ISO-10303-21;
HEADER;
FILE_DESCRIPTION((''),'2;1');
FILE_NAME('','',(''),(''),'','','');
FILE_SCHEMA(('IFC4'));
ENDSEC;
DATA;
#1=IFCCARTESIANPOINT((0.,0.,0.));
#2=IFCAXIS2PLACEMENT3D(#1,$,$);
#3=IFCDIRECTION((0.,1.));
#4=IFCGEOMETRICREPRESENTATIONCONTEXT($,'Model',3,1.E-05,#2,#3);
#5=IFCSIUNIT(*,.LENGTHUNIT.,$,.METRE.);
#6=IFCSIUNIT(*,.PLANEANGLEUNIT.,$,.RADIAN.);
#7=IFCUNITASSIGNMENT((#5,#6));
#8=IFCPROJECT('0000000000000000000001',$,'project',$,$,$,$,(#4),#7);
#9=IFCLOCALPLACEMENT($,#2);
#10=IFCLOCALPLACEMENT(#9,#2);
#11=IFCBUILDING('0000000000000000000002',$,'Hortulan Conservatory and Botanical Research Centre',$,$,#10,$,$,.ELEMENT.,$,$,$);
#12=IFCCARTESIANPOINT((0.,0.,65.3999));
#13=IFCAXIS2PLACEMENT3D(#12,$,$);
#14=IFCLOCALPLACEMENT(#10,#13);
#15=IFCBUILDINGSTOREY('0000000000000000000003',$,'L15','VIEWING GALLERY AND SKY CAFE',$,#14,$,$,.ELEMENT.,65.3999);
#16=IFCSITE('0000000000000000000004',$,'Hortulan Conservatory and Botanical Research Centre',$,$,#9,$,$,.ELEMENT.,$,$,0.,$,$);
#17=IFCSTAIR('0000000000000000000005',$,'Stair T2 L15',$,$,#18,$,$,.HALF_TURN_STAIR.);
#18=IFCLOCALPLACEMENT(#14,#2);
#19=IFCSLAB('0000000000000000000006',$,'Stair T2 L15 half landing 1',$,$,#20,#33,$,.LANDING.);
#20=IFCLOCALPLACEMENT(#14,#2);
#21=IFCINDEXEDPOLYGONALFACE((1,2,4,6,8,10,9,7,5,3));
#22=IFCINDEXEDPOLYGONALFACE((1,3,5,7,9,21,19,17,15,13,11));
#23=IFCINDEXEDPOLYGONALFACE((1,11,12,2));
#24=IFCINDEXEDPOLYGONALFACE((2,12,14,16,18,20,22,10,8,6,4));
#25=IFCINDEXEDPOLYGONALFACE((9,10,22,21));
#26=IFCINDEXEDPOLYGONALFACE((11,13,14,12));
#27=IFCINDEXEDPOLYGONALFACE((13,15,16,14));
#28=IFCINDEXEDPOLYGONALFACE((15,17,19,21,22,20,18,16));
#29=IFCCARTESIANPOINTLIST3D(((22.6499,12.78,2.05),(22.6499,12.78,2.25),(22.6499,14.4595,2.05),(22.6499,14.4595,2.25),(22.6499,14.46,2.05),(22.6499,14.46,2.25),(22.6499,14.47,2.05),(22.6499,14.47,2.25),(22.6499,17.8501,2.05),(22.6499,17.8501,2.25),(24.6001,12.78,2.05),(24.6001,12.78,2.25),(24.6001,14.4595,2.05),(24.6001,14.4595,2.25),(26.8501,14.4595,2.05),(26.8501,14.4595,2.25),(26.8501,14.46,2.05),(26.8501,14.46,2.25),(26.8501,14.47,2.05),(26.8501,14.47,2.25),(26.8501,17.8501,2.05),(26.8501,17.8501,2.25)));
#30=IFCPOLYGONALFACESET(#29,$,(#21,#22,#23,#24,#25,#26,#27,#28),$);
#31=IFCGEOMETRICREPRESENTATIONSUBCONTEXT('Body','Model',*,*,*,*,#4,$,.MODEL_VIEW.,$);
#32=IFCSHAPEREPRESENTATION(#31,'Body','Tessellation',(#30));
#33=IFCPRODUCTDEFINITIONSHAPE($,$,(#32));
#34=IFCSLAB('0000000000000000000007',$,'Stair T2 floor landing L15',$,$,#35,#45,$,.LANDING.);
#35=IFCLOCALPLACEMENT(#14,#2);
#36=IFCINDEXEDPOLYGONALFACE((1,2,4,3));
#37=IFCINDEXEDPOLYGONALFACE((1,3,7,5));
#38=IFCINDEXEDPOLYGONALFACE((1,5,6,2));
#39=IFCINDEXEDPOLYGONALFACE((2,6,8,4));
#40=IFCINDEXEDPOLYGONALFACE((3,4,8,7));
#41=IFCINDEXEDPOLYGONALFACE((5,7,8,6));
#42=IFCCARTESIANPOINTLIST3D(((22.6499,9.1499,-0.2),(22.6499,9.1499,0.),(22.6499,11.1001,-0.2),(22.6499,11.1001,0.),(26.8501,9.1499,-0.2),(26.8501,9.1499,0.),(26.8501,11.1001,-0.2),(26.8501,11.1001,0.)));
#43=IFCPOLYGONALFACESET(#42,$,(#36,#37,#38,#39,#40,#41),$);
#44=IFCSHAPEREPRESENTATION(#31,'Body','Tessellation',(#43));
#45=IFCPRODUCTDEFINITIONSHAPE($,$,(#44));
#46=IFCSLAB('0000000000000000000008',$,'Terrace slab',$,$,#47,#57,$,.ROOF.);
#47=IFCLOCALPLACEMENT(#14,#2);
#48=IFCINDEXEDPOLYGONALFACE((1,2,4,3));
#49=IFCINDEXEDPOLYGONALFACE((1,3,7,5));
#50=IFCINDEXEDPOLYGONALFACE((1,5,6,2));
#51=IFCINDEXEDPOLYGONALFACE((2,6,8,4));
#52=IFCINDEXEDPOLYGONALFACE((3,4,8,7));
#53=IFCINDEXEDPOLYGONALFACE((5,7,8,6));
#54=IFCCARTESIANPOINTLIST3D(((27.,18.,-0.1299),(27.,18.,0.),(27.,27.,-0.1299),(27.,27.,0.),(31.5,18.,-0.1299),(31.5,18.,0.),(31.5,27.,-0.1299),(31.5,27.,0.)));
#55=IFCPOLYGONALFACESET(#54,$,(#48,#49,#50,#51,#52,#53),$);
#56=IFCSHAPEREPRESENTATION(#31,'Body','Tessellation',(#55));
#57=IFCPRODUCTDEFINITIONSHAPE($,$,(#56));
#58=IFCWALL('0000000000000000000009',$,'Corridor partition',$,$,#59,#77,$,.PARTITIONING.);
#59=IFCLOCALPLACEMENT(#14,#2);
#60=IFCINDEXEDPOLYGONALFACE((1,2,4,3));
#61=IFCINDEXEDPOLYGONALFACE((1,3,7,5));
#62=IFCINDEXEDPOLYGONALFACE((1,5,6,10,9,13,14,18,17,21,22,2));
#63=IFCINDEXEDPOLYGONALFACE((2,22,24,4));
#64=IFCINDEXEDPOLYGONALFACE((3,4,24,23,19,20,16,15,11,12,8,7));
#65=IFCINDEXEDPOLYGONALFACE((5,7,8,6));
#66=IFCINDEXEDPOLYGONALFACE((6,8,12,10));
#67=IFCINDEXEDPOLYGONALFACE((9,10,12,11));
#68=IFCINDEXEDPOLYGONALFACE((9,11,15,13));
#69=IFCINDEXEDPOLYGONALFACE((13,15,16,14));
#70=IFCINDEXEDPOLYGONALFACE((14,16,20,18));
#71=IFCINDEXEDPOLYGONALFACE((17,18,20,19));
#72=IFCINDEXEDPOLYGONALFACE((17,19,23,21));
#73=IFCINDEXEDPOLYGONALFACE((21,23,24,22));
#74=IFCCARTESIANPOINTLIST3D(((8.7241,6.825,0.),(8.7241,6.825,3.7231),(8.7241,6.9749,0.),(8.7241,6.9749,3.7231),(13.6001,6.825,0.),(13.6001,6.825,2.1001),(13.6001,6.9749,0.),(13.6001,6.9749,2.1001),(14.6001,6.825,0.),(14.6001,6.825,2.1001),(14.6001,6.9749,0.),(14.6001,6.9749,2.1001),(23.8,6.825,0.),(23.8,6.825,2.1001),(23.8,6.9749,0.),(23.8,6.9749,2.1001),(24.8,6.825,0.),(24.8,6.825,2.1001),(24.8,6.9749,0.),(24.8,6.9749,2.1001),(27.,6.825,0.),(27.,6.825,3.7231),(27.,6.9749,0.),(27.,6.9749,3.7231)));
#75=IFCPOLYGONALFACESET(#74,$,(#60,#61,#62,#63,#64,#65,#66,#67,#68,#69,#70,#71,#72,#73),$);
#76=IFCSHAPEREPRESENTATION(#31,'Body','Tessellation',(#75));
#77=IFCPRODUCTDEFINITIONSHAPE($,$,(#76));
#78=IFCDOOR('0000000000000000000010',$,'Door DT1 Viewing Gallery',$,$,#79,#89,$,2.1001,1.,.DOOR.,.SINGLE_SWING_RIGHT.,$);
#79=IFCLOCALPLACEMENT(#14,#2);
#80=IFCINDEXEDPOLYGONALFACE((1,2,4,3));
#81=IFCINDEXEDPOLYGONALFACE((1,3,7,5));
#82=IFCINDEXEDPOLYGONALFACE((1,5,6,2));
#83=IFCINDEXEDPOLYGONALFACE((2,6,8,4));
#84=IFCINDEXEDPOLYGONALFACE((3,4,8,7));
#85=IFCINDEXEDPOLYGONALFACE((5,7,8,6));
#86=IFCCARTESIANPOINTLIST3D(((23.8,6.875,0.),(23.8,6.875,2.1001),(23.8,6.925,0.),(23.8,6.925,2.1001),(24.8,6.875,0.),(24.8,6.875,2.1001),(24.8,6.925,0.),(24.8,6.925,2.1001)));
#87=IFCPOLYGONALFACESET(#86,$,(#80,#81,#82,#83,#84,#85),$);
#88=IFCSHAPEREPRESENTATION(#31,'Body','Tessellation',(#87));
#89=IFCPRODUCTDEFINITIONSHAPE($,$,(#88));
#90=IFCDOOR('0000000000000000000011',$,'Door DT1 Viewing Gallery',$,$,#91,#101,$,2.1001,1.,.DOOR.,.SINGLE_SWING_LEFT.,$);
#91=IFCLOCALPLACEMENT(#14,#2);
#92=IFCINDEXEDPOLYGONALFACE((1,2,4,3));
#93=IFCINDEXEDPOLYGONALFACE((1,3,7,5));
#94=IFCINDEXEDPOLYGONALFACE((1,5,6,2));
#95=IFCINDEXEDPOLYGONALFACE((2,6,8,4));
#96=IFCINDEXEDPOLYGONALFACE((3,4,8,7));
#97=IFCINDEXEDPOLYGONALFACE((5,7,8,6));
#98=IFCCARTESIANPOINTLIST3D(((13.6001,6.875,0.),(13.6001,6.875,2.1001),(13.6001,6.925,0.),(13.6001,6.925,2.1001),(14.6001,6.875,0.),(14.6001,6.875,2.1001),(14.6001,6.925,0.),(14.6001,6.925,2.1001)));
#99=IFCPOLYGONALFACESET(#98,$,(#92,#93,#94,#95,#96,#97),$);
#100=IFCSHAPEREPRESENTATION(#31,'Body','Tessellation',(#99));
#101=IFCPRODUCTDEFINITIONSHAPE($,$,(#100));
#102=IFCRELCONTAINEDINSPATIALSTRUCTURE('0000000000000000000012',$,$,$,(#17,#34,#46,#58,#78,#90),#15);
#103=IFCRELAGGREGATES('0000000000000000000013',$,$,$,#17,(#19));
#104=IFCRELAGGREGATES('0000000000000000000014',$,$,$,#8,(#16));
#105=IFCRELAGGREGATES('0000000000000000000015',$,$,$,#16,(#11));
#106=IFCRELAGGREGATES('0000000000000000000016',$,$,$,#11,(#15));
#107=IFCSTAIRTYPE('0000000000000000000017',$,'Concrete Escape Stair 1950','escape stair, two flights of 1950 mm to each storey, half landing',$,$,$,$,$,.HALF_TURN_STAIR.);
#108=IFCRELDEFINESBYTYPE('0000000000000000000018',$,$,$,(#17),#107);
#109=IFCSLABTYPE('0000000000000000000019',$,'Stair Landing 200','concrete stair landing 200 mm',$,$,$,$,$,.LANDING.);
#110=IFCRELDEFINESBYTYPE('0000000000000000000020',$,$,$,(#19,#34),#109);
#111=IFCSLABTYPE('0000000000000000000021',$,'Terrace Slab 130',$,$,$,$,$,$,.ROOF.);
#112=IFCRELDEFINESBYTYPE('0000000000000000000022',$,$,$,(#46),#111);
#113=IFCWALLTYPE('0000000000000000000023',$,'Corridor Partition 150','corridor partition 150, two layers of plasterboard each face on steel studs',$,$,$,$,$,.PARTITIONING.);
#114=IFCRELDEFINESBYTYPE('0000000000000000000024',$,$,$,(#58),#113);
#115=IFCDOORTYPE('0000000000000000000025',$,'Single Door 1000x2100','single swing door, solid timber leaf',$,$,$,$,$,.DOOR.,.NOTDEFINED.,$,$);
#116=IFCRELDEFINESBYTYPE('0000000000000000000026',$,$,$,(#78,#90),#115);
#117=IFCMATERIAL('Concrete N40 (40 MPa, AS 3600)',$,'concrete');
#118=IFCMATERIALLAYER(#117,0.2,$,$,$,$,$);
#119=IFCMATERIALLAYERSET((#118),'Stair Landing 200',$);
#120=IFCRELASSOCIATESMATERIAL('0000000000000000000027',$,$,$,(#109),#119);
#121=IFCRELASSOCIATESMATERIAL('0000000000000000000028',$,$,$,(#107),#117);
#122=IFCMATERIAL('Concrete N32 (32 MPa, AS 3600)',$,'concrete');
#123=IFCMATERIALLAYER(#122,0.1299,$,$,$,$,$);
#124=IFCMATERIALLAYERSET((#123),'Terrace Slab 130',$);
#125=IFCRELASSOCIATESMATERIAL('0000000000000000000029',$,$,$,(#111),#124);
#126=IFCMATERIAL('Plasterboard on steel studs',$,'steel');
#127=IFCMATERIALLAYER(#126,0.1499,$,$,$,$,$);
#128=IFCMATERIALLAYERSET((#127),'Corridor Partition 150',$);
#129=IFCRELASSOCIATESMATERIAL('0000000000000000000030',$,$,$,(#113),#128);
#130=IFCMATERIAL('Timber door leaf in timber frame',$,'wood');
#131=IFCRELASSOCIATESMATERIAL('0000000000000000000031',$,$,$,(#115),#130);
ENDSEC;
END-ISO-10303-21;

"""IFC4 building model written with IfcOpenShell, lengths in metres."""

from ifc_helpers import new_model, si_unit, direction, frame, frame_2d, origin, place, context, subcontext, project, spatial, polyline, rectangle, outline, extrude, material, layer, layer_set, type_object, element, fill, aggregate, save


model = new_model("IFC4")

# Units and contexts
model_context = context("Model", 3, precision=1e-05, world=origin(), true_north=direction((0.0, 1.0)))
body_context = subcontext(model_context, "Body", "Model", "MODEL_VIEW")
ifc_project = project(units=[si_unit("LENGTHUNIT", "METRE"), si_unit("PLANEANGLEUNIT", "RADIAN")], contexts=[model_context])

# Site, building, storey
site_placement = place(None, origin())
site = spatial("IfcSite", under=ifc_project, at=site_placement, Name="Hortulan Conservatory and Botanical Research Centre", CompositionType="ELEMENT", RefElevation=0.0)
building_placement = place(site_placement, origin())
building = spatial("IfcBuilding", under=site, at=building_placement, Name="Hortulan Conservatory and Botanical Research Centre", CompositionType="ELEMENT")
storey_placement = place(building_placement, frame((0.0, 0.0, 65.3999)))
storey = spatial("IfcBuildingStorey", under=building, at=storey_placement, Name="L15", Description="VIEWING GALLERY AND SKY CAFE", CompositionType="ELEMENT", Elevation=65.3999)

# Shared definitions
ifc_material_1 = material(Name="Concrete N32 (32 MPa, AS 3600)", Category="concrete")

# Shared definitions
ifc_material_2 = material(Name="Concrete N40 (40 MPa, AS 3600)", Category="concrete")
ifc_layer_1 = layer(ifc_material_2, 0.2)
ifc_layer_set_1 = layer_set([ifc_layer_1], Name="Stair Landing 200")
slab_type_1 = type_object("IfcSlabType", Name="Stair Landing 200", Description="concrete stair landing 200 mm", PredefinedType="LANDING", material=ifc_layer_set_1)

# Stair, slab
stair_type_1 = type_object("IfcStairType", Name="Concrete Escape Stair 1950", Description="escape stair, two flights of 1950 mm to each storey, half landing", PredefinedType="HALF_TURN_STAIR", material=ifc_material_2)
stair_1_placement = place(storey_placement, origin())
stair_1 = element("IfcStair", 1, at=stair_1_placement, inside=storey, type_object=stair_type_1, Name="Stair T2 L15", PredefinedType="HALF_TURN_STAIR")
slab_1_placement = place(storey_placement, frame((0.0, 0.0, 2.05)))
slab_1 = element("IfcSlab", 2, at=slab_1_placement, type_object=slab_type_1, Name="Stair T2 L15 half landing 1", PredefinedType="LANDING", context=body_context, shape_type="SweptSolid", body=[
    extrude(outline(polyline([(26.8501, 14.4595), (24.6001, 14.4595), (24.6001, 12.78), (22.6499, 12.78), (22.6499, 14.4595), (22.6499, 14.46), (22.6499, 14.47), (22.6499, 17.8501), (26.8501, 17.8501), (26.8501, 14.47), (26.8501, 14.46), (26.8501, 14.4595)])), origin(), (0.0, 0.0, 1.0), 0.2),
])
aggregate(stair_1, [slab_1])

# Slabs
slab_2_placement = place(storey_placement, frame((0.0, 0.0, -0.2)))
element("IfcSlab", 3, at=slab_2_placement, inside=storey, type_object=slab_type_1, Name="Stair T2 floor landing L15", PredefinedType="LANDING", context=body_context, shape_type="SweptSolid", body=[
    extrude(outline(polyline([(26.8501, 9.1499), (22.6499, 9.1499), (22.6499, 11.1001), (26.8501, 11.1001), (26.8501, 9.1499)])), origin(), (0.0, 0.0, 1.0), 0.2),
])
ifc_layer_2 = layer(ifc_material_1, 0.1299)
ifc_layer_set_2 = layer_set([ifc_layer_2], Name="Terrace Slab 130")
slab_type_2 = type_object("IfcSlabType", Name="Terrace Slab 130", PredefinedType="ROOF", material=ifc_layer_set_2)
slab_3_placement = place(storey_placement, frame((0.0, 0.0, -0.1299)))
element("IfcSlab", 4, at=slab_3_placement, inside=storey, type_object=slab_type_2, Name="Terrace slab", PredefinedType="ROOF", context=body_context, shape_type="SweptSolid", body=[
    extrude(outline(polyline([(27.0, 18.0), (31.5, 18.0), (31.5, 27.0), (27.0, 27.0), (27.0, 18.0)])), origin(), (0.0, 0.0, 1.0), 0.1299),
])

# Wall, openings, doors
ifc_material_3 = material(Name="Plasterboard on steel studs", Category="steel")
ifc_layer_3 = layer(ifc_material_3, 0.1499)
ifc_layer_set_3 = layer_set([ifc_layer_3], Name="Corridor Partition 150")
wall_type_1 = type_object("IfcWallType", Name="Corridor Partition 150", Description="corridor partition 150, two layers of plasterboard each face on steel studs", PredefinedType="PARTITIONING", material=ifc_layer_set_3)
wall_1_placement = place(storey_placement, frame((8.7241, 6.8999, 0.0), z_axis=(0.0, 0.0, 1.0), x_axis=(1.0, 0.0, 0.0)))
wall_1 = element("IfcWall", 5, at=wall_1_placement, inside=storey, type_object=wall_type_1, Name="Corridor partition", PredefinedType="PARTITIONING", context=body_context, shape_type="SweptSolid", body=[
    extrude(rectangle(XDim=18.2759, YDim=0.1499, at=frame_2d((9.1379, 0.0))), origin(), (0.0, 0.0, 1.0), 3.7231),
])
opening_1_placement = place(wall_1_placement, frame((15.0759, 0.0, 0.0)))
opening_1 = element("IfcOpeningElement", 6, at=opening_1_placement, cuts=wall_1, PredefinedType="OPENING", context=body_context, shape_type="SweptSolid", body=[
    extrude(rectangle(XDim=1.0, YDim=2.1001, at=frame_2d((0.5, 1.05))), frame((0.0, 0.085, 0.0), z_axis=(0.0, -1.0, 0.0), x_axis=(1.0, 0.0, 0.0)), (0.0, 0.0, 1.0), 0.1699),
])
opening_2_placement = place(wall_1_placement, frame((4.876, 0.0, 0.0)))
opening_2 = element("IfcOpeningElement", 7, at=opening_2_placement, cuts=wall_1, PredefinedType="OPENING", context=body_context, shape_type="SweptSolid", body=[
    extrude(rectangle(XDim=1.0, YDim=2.1001, at=frame_2d((0.5, 1.05))), frame((0.0, 0.085, 0.0), z_axis=(0.0, -1.0, 0.0), x_axis=(1.0, 0.0, 0.0)), (0.0, 0.0, 1.0), 0.1699),
])
ifc_material_4 = material(Name="Timber door leaf in timber frame", Category="wood")
door_type = type_object("IfcDoorType", Name="Single Door 1000x2100", Description="single swing door, solid timber leaf", OperationType="NOTDEFINED", PredefinedType="DOOR", material=ifc_material_4)
door_1_placement = place(opening_1_placement, frame((1.0, 0.0, 0.0), z_axis=(0.0, 0.0, 1.0), x_axis=(-1.0, 0.0, 0.0)))
door_1 = element("IfcDoor", 8, at=door_1_placement, inside=storey, type_object=door_type, Name="Door DT1 Viewing Gallery", OperationType="SINGLE_SWING_RIGHT", OverallHeight=2.1001, OverallWidth=1.0, PredefinedType="DOOR", context=body_context, shape_type="SweptSolid", body=[
    extrude(rectangle(XDim=1.0, YDim=2.1001, at=frame_2d((0.5, 1.05))), frame((0.0, 0.0249, 0.0), z_axis=(0.0, -1.0, 0.0), x_axis=(1.0, 0.0, 0.0)), (0.0, 0.0, 1.0), 0.05),
])
fill(opening_1, door_1)
door_2_placement = place(opening_2_placement, frame((1.0, 0.0, 0.0), z_axis=(0.0, 0.0, 1.0), x_axis=(-1.0, 0.0, 0.0)))
door_2 = element("IfcDoor", 9, at=door_2_placement, inside=storey, type_object=door_type, Name="Door DT1 Viewing Gallery", OperationType="SINGLE_SWING_LEFT", OverallHeight=2.1001, OverallWidth=1.0, PredefinedType="DOOR", context=body_context, shape_type="SweptSolid", body=[
    extrude(rectangle(XDim=1.0, YDim=2.1001, at=frame_2d((0.5, 1.05))), frame((0.0, 0.0249, 0.0), z_axis=(0.0, -1.0, 0.0), x_axis=(1.0, 0.0, 0.0)), (0.0, 0.0, 1.0), 0.05),
])
fill(opening_2, door_2)

save(model, "model.ifc")
